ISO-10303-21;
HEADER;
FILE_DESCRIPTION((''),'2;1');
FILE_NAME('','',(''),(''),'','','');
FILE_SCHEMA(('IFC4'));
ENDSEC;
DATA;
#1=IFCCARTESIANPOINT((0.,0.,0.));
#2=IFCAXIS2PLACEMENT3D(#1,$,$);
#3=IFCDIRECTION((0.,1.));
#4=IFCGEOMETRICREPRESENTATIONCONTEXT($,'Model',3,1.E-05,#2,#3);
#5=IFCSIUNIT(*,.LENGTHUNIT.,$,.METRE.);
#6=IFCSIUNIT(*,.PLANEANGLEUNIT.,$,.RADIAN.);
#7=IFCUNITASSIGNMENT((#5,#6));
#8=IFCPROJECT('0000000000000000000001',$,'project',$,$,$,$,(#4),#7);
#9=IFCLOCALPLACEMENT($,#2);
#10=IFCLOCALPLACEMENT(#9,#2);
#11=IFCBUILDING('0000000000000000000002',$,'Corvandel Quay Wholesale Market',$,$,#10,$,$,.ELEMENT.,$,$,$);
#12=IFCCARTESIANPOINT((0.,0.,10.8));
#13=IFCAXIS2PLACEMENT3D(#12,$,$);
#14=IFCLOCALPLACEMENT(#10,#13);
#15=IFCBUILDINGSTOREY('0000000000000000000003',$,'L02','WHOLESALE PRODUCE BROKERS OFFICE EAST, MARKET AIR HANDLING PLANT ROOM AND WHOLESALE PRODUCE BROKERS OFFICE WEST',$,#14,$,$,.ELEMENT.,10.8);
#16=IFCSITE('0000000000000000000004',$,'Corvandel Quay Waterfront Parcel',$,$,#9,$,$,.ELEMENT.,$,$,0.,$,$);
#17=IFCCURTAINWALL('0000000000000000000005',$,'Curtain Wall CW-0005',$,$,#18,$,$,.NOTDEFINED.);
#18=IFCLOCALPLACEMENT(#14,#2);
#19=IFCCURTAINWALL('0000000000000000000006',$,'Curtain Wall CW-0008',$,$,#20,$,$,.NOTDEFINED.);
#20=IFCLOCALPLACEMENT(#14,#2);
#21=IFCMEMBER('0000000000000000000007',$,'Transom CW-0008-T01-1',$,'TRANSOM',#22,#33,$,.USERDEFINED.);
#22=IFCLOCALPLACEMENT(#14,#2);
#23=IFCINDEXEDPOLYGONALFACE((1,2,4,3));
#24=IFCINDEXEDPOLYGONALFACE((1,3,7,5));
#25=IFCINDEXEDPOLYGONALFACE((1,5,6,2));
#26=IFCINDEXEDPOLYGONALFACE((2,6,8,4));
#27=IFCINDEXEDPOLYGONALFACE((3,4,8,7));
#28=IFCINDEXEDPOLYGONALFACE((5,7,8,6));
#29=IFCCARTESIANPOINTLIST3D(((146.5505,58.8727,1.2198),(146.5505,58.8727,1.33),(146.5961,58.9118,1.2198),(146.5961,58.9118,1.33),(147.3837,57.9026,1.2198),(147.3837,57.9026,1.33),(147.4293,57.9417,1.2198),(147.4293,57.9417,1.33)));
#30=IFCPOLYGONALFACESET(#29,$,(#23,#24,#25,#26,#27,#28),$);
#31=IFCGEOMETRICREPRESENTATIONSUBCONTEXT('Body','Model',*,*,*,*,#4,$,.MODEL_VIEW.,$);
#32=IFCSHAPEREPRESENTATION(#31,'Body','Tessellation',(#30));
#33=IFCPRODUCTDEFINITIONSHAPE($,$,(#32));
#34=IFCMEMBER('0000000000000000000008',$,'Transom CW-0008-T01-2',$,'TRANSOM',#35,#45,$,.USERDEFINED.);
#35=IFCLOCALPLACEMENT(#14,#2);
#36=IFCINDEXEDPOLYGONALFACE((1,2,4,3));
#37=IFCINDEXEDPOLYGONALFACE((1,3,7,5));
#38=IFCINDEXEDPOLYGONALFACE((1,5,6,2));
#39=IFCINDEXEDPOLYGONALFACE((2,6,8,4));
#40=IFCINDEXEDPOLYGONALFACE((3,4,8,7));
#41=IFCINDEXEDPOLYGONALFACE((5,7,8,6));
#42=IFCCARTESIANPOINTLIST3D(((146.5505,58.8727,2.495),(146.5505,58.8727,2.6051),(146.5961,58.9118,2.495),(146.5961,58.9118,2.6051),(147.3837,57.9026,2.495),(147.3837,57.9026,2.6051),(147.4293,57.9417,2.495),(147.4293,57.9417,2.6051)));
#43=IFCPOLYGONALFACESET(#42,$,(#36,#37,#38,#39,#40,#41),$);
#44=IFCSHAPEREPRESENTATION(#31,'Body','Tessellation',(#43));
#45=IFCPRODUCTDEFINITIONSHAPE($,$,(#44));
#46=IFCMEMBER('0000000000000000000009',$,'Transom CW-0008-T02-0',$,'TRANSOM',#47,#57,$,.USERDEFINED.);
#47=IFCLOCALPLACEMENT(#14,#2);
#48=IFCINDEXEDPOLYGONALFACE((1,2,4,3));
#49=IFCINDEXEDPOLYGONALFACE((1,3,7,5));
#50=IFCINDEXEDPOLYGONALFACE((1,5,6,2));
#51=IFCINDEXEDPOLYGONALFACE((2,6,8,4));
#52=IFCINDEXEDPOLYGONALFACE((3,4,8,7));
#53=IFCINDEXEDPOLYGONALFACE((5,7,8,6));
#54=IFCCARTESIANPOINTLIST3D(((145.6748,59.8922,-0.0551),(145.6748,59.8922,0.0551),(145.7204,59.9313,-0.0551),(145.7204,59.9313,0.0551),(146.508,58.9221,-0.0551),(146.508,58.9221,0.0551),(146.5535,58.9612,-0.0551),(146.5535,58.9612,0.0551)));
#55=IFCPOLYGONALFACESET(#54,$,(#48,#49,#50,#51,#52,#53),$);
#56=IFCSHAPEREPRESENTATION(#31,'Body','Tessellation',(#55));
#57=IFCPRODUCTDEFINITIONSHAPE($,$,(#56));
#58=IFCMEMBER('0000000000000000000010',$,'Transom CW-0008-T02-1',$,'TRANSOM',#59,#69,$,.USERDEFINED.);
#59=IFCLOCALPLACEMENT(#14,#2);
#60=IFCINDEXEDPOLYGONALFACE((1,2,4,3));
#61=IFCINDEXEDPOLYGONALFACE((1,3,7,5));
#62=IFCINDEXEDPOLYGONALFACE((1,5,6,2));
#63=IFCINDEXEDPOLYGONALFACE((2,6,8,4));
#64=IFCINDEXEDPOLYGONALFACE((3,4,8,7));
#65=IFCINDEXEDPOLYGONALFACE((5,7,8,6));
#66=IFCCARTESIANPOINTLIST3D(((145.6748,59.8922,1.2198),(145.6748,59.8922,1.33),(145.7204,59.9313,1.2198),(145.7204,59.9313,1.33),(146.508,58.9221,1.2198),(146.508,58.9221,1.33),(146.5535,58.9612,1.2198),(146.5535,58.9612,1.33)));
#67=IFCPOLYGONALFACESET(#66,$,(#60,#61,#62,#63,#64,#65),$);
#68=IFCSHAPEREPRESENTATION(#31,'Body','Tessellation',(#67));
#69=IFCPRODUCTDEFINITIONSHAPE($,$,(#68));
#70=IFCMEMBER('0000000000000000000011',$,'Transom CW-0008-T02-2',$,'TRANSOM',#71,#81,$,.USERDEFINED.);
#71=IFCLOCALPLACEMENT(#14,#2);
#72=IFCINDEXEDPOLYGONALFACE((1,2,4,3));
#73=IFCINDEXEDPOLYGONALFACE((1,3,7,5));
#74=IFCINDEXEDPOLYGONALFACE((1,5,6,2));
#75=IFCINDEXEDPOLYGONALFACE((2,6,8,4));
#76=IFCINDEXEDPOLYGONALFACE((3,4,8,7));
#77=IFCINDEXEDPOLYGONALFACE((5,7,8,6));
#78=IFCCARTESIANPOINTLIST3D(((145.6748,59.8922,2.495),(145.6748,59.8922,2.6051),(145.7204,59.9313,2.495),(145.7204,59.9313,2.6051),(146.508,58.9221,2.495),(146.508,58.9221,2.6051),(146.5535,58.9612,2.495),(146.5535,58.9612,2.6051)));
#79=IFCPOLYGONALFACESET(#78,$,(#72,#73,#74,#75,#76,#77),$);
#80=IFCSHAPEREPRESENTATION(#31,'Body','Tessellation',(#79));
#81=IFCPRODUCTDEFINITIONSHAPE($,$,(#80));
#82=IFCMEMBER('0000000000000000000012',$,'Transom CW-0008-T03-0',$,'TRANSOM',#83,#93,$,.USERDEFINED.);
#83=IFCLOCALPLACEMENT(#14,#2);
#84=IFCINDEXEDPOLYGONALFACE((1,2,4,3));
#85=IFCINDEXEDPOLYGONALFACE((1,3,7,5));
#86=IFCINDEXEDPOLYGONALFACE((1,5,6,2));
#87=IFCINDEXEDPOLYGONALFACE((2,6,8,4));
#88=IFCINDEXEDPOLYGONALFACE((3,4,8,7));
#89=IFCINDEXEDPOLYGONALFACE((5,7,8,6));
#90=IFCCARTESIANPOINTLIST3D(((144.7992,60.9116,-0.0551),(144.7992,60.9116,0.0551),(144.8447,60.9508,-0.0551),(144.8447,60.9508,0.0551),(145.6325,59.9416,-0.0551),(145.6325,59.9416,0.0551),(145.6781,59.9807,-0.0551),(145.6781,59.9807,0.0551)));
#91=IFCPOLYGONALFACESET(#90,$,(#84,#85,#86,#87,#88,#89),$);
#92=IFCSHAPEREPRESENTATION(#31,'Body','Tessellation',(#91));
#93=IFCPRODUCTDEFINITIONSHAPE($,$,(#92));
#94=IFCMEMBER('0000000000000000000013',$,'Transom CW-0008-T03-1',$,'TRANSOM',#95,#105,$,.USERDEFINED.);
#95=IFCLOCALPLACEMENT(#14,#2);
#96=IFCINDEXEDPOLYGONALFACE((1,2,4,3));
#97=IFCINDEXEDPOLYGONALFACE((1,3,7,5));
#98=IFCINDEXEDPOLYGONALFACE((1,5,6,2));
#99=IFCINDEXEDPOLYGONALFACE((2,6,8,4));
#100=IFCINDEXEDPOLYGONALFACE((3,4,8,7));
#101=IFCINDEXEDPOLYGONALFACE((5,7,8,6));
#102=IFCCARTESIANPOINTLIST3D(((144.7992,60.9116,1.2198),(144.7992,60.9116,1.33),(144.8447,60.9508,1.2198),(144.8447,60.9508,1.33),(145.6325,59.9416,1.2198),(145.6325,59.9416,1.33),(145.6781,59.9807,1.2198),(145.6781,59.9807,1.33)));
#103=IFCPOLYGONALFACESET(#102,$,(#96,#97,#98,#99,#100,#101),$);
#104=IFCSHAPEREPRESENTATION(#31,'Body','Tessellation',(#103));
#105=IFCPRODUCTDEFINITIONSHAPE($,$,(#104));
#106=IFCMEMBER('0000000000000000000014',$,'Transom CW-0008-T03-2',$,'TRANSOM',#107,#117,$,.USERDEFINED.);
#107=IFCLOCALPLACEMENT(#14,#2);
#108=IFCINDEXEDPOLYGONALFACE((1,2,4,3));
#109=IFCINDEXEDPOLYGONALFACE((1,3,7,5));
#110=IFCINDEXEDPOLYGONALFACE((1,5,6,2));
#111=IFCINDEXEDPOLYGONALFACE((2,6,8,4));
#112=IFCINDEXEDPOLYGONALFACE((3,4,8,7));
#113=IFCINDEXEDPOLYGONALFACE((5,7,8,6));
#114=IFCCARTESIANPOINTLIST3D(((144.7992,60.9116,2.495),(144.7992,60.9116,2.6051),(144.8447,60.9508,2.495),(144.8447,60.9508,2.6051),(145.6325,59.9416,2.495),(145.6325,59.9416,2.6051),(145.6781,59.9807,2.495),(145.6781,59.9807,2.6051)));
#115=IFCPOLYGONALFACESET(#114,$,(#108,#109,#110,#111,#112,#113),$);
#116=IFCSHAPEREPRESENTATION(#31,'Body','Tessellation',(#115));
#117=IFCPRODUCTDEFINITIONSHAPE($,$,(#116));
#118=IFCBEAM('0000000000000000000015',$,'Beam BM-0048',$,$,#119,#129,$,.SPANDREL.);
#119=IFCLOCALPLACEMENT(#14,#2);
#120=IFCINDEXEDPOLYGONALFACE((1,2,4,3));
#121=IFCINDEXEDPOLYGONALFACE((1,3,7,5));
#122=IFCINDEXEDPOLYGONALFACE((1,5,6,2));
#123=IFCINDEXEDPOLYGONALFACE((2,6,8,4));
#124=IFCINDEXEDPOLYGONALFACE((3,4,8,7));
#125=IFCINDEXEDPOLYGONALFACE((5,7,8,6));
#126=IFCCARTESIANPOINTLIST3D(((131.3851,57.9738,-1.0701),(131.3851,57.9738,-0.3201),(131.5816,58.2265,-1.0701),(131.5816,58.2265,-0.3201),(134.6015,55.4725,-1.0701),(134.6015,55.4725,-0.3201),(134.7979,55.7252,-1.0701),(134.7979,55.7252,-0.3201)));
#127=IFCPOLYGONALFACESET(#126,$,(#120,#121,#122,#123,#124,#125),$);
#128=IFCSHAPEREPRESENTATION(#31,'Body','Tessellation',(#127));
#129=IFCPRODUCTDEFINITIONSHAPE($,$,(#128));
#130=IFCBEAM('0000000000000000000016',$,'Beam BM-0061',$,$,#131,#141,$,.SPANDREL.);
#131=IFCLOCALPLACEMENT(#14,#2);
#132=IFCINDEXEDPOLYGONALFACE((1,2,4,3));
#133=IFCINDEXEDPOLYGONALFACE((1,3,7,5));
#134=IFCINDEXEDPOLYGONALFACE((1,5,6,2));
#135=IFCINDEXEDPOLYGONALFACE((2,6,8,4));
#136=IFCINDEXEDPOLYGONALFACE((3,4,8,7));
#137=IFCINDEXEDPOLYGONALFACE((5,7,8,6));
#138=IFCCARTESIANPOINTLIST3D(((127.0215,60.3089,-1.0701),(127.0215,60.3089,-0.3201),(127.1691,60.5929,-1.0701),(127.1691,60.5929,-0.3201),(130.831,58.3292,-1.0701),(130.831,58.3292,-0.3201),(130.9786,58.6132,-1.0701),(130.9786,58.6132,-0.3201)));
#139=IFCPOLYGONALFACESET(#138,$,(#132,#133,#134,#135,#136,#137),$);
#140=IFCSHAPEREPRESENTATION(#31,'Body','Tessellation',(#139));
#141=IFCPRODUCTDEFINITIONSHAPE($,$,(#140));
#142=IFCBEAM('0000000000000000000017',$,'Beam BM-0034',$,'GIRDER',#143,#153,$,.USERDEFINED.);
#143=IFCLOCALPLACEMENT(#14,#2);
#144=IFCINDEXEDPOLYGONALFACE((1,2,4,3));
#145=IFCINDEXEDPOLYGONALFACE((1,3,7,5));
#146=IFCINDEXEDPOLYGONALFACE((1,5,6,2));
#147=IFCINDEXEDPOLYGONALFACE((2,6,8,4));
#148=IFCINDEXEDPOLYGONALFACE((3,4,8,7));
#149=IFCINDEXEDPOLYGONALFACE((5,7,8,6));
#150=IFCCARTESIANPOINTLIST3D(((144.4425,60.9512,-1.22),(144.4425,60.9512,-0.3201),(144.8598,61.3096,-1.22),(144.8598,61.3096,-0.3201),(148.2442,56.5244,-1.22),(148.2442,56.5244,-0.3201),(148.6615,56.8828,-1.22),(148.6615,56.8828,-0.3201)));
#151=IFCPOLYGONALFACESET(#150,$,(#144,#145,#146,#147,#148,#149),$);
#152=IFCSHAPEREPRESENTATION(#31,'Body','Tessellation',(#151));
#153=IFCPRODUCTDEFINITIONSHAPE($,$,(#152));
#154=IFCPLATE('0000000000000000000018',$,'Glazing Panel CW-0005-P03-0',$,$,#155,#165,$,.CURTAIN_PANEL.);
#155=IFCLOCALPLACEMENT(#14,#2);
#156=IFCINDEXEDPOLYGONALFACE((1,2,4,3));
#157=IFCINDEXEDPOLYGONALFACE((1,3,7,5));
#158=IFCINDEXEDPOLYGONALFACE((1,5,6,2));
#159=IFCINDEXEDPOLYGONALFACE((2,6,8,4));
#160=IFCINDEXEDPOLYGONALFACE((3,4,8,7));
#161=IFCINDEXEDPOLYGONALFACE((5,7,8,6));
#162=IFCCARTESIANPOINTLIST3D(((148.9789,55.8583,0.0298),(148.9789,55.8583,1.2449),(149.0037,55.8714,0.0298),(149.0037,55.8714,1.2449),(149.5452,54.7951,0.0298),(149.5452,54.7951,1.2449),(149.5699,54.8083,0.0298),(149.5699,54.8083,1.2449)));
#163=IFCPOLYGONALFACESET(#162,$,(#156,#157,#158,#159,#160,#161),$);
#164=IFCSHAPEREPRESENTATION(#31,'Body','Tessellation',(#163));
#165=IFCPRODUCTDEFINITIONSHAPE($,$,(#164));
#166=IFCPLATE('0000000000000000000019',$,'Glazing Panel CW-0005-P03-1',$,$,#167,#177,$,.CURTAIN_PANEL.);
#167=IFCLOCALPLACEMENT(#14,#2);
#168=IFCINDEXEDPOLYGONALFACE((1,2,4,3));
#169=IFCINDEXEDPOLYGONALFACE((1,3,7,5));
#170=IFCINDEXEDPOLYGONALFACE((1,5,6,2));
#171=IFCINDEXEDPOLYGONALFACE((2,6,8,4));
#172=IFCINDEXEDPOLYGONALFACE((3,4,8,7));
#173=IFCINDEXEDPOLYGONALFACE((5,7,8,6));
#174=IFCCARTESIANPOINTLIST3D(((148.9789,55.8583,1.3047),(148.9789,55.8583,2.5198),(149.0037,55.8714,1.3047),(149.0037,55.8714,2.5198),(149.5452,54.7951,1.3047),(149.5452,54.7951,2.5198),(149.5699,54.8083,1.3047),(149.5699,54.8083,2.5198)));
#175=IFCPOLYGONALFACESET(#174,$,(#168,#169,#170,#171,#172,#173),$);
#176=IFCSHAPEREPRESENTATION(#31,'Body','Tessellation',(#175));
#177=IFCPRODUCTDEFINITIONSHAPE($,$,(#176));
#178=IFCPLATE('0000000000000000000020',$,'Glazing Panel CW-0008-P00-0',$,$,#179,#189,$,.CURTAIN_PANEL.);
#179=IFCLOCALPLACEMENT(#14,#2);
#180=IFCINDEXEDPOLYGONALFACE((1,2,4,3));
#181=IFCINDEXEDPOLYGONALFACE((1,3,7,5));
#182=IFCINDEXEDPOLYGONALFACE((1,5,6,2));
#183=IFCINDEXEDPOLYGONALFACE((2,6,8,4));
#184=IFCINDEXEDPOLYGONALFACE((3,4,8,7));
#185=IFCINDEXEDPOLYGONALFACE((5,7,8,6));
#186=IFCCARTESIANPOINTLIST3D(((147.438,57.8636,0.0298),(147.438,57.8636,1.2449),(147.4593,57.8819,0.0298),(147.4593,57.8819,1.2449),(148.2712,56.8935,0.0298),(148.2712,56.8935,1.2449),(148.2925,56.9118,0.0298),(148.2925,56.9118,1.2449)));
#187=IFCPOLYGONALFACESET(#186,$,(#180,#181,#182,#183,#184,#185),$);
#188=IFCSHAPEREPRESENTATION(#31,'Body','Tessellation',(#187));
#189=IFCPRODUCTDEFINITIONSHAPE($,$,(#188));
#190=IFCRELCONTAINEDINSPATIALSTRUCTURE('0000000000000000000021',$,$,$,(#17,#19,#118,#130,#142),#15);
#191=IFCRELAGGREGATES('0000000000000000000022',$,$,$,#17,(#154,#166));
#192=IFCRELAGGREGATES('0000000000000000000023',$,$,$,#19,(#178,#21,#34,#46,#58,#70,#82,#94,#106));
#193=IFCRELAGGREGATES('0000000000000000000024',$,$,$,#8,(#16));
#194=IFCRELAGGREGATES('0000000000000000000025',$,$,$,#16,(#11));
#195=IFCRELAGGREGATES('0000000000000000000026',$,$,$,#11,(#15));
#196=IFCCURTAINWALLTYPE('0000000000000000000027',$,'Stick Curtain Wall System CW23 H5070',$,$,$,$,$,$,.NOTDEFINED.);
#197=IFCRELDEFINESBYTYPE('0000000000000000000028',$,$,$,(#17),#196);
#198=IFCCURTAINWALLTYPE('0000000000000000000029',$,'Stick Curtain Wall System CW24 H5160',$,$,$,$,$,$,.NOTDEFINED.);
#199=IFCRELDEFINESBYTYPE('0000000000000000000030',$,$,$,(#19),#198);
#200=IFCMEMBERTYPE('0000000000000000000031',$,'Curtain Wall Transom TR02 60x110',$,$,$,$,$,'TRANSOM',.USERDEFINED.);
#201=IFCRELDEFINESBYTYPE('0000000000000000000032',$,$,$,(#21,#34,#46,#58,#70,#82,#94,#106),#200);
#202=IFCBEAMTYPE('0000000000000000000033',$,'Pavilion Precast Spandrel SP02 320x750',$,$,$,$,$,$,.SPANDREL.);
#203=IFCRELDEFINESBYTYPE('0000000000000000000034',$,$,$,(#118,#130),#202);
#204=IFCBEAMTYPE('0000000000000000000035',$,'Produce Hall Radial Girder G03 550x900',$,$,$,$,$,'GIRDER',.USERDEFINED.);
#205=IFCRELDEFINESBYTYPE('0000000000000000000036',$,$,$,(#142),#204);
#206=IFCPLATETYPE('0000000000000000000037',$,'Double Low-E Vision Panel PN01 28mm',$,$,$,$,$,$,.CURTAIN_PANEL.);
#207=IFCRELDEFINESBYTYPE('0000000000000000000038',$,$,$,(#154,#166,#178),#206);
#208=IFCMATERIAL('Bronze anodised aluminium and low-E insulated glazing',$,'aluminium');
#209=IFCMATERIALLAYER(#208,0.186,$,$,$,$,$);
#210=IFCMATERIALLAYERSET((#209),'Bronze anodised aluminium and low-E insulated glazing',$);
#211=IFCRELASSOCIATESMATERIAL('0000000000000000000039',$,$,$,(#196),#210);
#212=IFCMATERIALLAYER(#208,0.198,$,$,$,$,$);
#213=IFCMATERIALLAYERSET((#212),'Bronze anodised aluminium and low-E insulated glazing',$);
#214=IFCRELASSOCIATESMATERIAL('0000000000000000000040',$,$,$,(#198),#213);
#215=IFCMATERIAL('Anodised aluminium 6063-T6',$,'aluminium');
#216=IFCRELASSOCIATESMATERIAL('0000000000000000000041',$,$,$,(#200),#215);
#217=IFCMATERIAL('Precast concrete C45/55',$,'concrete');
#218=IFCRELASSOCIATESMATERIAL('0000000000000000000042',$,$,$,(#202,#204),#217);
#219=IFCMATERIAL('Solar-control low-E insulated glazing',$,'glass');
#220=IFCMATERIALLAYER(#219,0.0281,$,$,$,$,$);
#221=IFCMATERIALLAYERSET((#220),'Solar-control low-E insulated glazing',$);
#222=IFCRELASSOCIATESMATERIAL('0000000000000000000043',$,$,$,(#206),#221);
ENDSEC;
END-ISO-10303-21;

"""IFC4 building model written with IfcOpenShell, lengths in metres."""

from ifc_helpers import new_model, si_unit, direction, frame, origin, origin_2d, place, context, subcontext, project, spatial, rectangle, extrude, material, layer, layer_set, material_profile, profile_set, type_object, element, aggregate, save


model = new_model("IFC4")

# Units and contexts
model_context = context("Model", 3, precision=1e-05, world=origin(), true_north=direction((0.0, 1.0)))
body_context = subcontext(model_context, "Body", "Model", "MODEL_VIEW")
ifc_project = project(units=[si_unit("LENGTHUNIT", "METRE"), si_unit("PLANEANGLEUNIT", "RADIAN")], contexts=[model_context])

# Site, building, storey
site_placement = place(None, origin())
site = spatial("IfcSite", under=ifc_project, at=site_placement, Name="Corvandel Quay Waterfront Parcel", CompositionType="ELEMENT", RefElevation=0.0)
building_placement = place(site_placement, origin())
building = spatial("IfcBuilding", under=site, at=building_placement, Name="Corvandel Quay Wholesale Market", CompositionType="ELEMENT")
storey_placement = place(building_placement, frame((0.0, 0.0, 10.8)))
storey = spatial("IfcBuildingStorey", under=building, at=storey_placement, Name="L02", Description="WHOLESALE PRODUCE BROKERS OFFICE EAST, MARKET AIR HANDLING PLANT ROOM AND WHOLESALE PRODUCE BROKERS OFFICE WEST", CompositionType="ELEMENT", Elevation=10.8)

# Shared definitions
ifc_material_1 = material(Name="Precast concrete C45/55", Category="concrete")

# Curtain wall
ifc_material_2 = material(Name="Bronze anodised aluminium and low-E insulated glazing", Category="aluminium")
ifc_layer_1 = layer(ifc_material_2, 0.186)
ifc_layer_set_1 = layer_set([ifc_layer_1], Name="Bronze anodised aluminium and low-E insulated glazing")
curtain_wall_type_1 = type_object("IfcCurtainWallType", Name="Stick Curtain Wall System CW23 H5070", PredefinedType="NOTDEFINED", material=ifc_layer_set_1)
curtain_wall_1_placement = place(storey_placement, origin())
curtain_wall_1 = element("IfcCurtainWall", 1, at=curtain_wall_1_placement, inside=storey, type_object=curtain_wall_type_1, Name="Curtain Wall CW-0005", PredefinedType="NOTDEFINED")
ifc_material_3 = material(Name="Anodised aluminium 6063-T6", Category="aluminium")

# Curtain wall, members
ifc_layer_2 = layer(ifc_material_2, 0.198)
ifc_layer_set_2 = layer_set([ifc_layer_2], Name="Bronze anodised aluminium and low-E insulated glazing")
curtain_wall_type_2 = type_object("IfcCurtainWallType", Name="Stick Curtain Wall System CW24 H5160", PredefinedType="NOTDEFINED", material=ifc_layer_set_2)
curtain_wall_2_placement = place(storey_placement, origin())
curtain_wall_2 = element("IfcCurtainWall", 2, at=curtain_wall_2_placement, inside=storey, type_object=curtain_wall_type_2, Name="Curtain Wall CW-0008", PredefinedType="NOTDEFINED")
ifc_material_profile_1 = material_profile(ifc_material_3, rectangle(XDim=0.0601, YDim=0.1101, at=origin_2d()), Name="ALU-TRN-60x110")
ifc_profile_set_1 = profile_set([ifc_material_profile_1], Name="Anodised aluminium 6063-T6")
member_type_1 = type_object("IfcMemberType", Name="Curtain Wall Transom TR02 60x110", ElementType="TRANSOM", PredefinedType="USERDEFINED", material=ifc_profile_set_1)
member_1_placement = place(storey_placement, frame((147.4065, 57.9221, 1.2749), z_axis=(-0.65153, 0.758623, 0.0), x_axis=(-0.758623, -0.65153, 0.0)))
member_1 = element("IfcMember", 3, at=member_1_placement, type_object=member_type_1, Name="Transom CW-0008-T01-1", ObjectType="TRANSOM", PredefinedType="USERDEFINED", context=body_context, shape_type="SweptSolid", body=[
    extrude(rectangle(XDim=0.0601, YDim=0.1101, at=origin_2d()), origin(), (0.0, 0.0, 1.0), 1.2788),
])
member_2_placement = place(storey_placement, frame((147.4065, 57.9221, 2.55), z_axis=(-0.65153, 0.758623, 0.0), x_axis=(-0.758623, -0.65153, 0.0)))
member_2 = element("IfcMember", 4, at=member_2_placement, type_object=member_type_1, Name="Transom CW-0008-T01-2", ObjectType="TRANSOM", PredefinedType="USERDEFINED", context=body_context, shape_type="SweptSolid", body=[
    extrude(rectangle(XDim=0.0601, YDim=0.1101, at=origin_2d()), origin(), (0.0, 0.0, 1.0), 1.2788),
])
member_3_placement = place(storey_placement, frame((146.5308, 58.9417, 0.0), z_axis=(-0.65153, 0.758623, 0.0), x_axis=(-0.758623, -0.65153, 0.0)))
member_3 = element("IfcMember", 5, at=member_3_placement, type_object=member_type_1, Name="Transom CW-0008-T02-0", ObjectType="TRANSOM", PredefinedType="USERDEFINED", context=body_context, shape_type="SweptSolid", body=[
    extrude(rectangle(XDim=0.0601, YDim=0.1101, at=origin_2d()), origin(), (0.0, 0.0, 1.0), 1.2788),
])
member_4_placement = place(storey_placement, frame((146.5308, 58.9417, 1.2749), z_axis=(-0.65153, 0.758623, 0.0), x_axis=(-0.758623, -0.65153, 0.0)))
member_4 = element("IfcMember", 6, at=member_4_placement, type_object=member_type_1, Name="Transom CW-0008-T02-1", ObjectType="TRANSOM", PredefinedType="USERDEFINED", context=body_context, shape_type="SweptSolid", body=[
    extrude(rectangle(XDim=0.0601, YDim=0.1101, at=origin_2d()), origin(), (0.0, 0.0, 1.0), 1.2788),
])
member_5_placement = place(storey_placement, frame((146.5308, 58.9417, 2.55), z_axis=(-0.65153, 0.758623, 0.0), x_axis=(-0.758623, -0.65153, 0.0)))
member_5 = element("IfcMember", 7, at=member_5_placement, type_object=member_type_1, Name="Transom CW-0008-T02-2", ObjectType="TRANSOM", PredefinedType="USERDEFINED", context=body_context, shape_type="SweptSolid", body=[
    extrude(rectangle(XDim=0.0601, YDim=0.1101, at=origin_2d()), origin(), (0.0, 0.0, 1.0), 1.2788),
])
member_6_placement = place(storey_placement, frame((145.6553, 59.9612, 0.0), z_axis=(-0.651624, 0.758542, 0.0), x_axis=(-0.758542, -0.651624, 0.0)))
member_6 = element("IfcMember", 8, at=member_6_placement, type_object=member_type_1, Name="Transom CW-0008-T03-0", ObjectType="TRANSOM", PredefinedType="USERDEFINED", context=body_context, shape_type="SweptSolid", body=[
    extrude(rectangle(XDim=0.0601, YDim=0.1101, at=origin_2d()), origin(), (0.0, 0.0, 1.0), 1.2788),
])
member_7_placement = place(storey_placement, frame((145.6553, 59.9612, 1.2749), z_axis=(-0.651624, 0.758542, 0.0), x_axis=(-0.758542, -0.651624, 0.0)))
member_7 = element("IfcMember", 9, at=member_7_placement, type_object=member_type_1, Name="Transom CW-0008-T03-1", ObjectType="TRANSOM", PredefinedType="USERDEFINED", context=body_context, shape_type="SweptSolid", body=[
    extrude(rectangle(XDim=0.0601, YDim=0.1101, at=origin_2d()), origin(), (0.0, 0.0, 1.0), 1.2788),
])
member_8_placement = place(storey_placement, frame((145.6553, 59.9612, 2.55), z_axis=(-0.651624, 0.758542, 0.0), x_axis=(-0.758542, -0.651624, 0.0)))
member_8 = element("IfcMember", 10, at=member_8_placement, type_object=member_type_1, Name="Transom CW-0008-T03-2", ObjectType="TRANSOM", PredefinedType="USERDEFINED", context=body_context, shape_type="SweptSolid", body=[
    extrude(rectangle(XDim=0.0601, YDim=0.1101, at=origin_2d()), origin(), (0.0, 0.0, 1.0), 1.2788),
])

# Beams
ifc_material_profile_2 = material_profile(ifc_material_1, rectangle(XDim=0.3201, YDim=0.75, at=origin_2d()), Name="PC-SPN-320x750")
ifc_profile_set_2 = profile_set([ifc_material_profile_2], Name="Precast concrete C45/55")
beam_type_1 = type_object("IfcBeamType", Name="Pavilion Precast Spandrel SP02 320x750", PredefinedType="SPANDREL", material=ifc_profile_set_2)
beam_1_placement = place(storey_placement, frame((134.6997, 55.5989, -0.6951), z_axis=(-0.789394, 0.613887, 0.0), x_axis=(-0.613887, -0.789394, 0.0)))
element("IfcBeam", 11, at=beam_1_placement, inside=storey, type_object=beam_type_1, Name="Beam BM-0048", PredefinedType="SPANDREL", context=body_context, shape_type="SweptSolid", body=[
    extrude(rectangle(XDim=0.3201, YDim=0.75, at=origin_2d()), origin(), (0.0, 0.0, 1.0), 4.0745),
])
beam_2_placement = place(storey_placement, frame((130.9048, 58.4712, -0.6951), z_axis=(-0.887335, 0.461125, 0.0), x_axis=(-0.461125, -0.887335, 0.0)))
element("IfcBeam", 12, at=beam_2_placement, inside=storey, type_object=beam_type_1, Name="Beam BM-0061", PredefinedType="SPANDREL", context=body_context, shape_type="SweptSolid", body=[
    extrude(rectangle(XDim=0.3201, YDim=0.75, at=origin_2d()), origin(), (0.0, 0.0, 1.0), 4.2932),
])
ifc_material_profile_3 = material_profile(ifc_material_1, rectangle(XDim=0.55, YDim=0.8999, at=origin_2d()), Name="PC-GIR-550x900")
ifc_profile_set_3 = profile_set([ifc_material_profile_3], Name="Precast concrete C45/55")
beam_type_2 = type_object("IfcBeamType", Name="Produce Hall Radial Girder G03 550x900", ElementType="GIRDER", PredefinedType="USERDEFINED", material=ifc_profile_set_3)
beam_3_placement = place(storey_placement, frame((148.4529, 56.7036, -0.77), z_axis=(-0.651522, 0.75863, 0.0), x_axis=(-0.75863, -0.651522, 0.0)))
element("IfcBeam", 13, at=beam_3_placement, inside=storey, type_object=beam_type_2, Name="Beam BM-0034", ObjectType="GIRDER", PredefinedType="USERDEFINED", context=body_context, shape_type="SweptSolid", body=[
    extrude(rectangle(XDim=0.55, YDim=0.8999, at=origin_2d()), origin(), (0.0, 0.0, 1.0), 5.8352),
])

# Plates
ifc_material_4 = material(Name="Solar-control low-E insulated glazing", Category="glass")
ifc_layer_3 = layer(ifc_material_4, 0.0281)
ifc_layer_set_3 = layer_set([ifc_layer_3], Name="Solar-control low-E insulated glazing")
plate_type = type_object("IfcPlateType", Name="Double Low-E Vision Panel PN01 28mm", PredefinedType="CURTAIN_PANEL", material=ifc_layer_set_3)
plate_1_placement = place(storey_placement, frame((149.2744, 55.3333, 0.0298), z_axis=(0.0, 0.0, 1.0), x_axis=(-0.470088, 0.88262, 0.0)))
plate_1 = element("IfcPlate", 14, at=plate_1_placement, type_object=plate_type, Name="Glazing Panel CW-0005-P03-0", PredefinedType="CURTAIN_PANEL", context=body_context, shape_type="SweptSolid", body=[
    extrude(rectangle(XDim=1.2046, YDim=0.0281, at=origin_2d()), origin(), (0.0, 0.0, 1.0), 1.2151),
])
plate_2_placement = place(storey_placement, frame((149.2744, 55.3333, 1.3047), z_axis=(0.0, 0.0, 1.0), x_axis=(-0.470088, 0.88262, 0.0)))
plate_2 = element("IfcPlate", 15, at=plate_2_placement, type_object=plate_type, Name="Glazing Panel CW-0005-P03-1", PredefinedType="CURTAIN_PANEL", context=body_context, shape_type="SweptSolid", body=[
    extrude(rectangle(XDim=1.2046, YDim=0.0281, at=origin_2d()), origin(), (0.0, 0.0, 1.0), 1.2151),
])
aggregate(curtain_wall_1, [plate_1, plate_2])
plate_3_placement = place(storey_placement, frame((147.8652, 57.3877, 0.0298), z_axis=(0.0, 0.0, 1.0), x_axis=(-0.651569, 0.758589, 0.0)))
plate_3 = element("IfcPlate", 16, at=plate_3_placement, type_object=plate_type, Name="Glazing Panel CW-0008-P00-0", PredefinedType="CURTAIN_PANEL", context=body_context, shape_type="SweptSolid", body=[
    extrude(rectangle(XDim=1.2788, YDim=0.0281, at=origin_2d()), origin(), (0.0, 0.0, 1.0), 1.2151),
])
aggregate(curtain_wall_2, [plate_3, member_1, member_2, member_3, member_4, member_5, member_6, member_7, member_8])

save(model, "model.ifc")
